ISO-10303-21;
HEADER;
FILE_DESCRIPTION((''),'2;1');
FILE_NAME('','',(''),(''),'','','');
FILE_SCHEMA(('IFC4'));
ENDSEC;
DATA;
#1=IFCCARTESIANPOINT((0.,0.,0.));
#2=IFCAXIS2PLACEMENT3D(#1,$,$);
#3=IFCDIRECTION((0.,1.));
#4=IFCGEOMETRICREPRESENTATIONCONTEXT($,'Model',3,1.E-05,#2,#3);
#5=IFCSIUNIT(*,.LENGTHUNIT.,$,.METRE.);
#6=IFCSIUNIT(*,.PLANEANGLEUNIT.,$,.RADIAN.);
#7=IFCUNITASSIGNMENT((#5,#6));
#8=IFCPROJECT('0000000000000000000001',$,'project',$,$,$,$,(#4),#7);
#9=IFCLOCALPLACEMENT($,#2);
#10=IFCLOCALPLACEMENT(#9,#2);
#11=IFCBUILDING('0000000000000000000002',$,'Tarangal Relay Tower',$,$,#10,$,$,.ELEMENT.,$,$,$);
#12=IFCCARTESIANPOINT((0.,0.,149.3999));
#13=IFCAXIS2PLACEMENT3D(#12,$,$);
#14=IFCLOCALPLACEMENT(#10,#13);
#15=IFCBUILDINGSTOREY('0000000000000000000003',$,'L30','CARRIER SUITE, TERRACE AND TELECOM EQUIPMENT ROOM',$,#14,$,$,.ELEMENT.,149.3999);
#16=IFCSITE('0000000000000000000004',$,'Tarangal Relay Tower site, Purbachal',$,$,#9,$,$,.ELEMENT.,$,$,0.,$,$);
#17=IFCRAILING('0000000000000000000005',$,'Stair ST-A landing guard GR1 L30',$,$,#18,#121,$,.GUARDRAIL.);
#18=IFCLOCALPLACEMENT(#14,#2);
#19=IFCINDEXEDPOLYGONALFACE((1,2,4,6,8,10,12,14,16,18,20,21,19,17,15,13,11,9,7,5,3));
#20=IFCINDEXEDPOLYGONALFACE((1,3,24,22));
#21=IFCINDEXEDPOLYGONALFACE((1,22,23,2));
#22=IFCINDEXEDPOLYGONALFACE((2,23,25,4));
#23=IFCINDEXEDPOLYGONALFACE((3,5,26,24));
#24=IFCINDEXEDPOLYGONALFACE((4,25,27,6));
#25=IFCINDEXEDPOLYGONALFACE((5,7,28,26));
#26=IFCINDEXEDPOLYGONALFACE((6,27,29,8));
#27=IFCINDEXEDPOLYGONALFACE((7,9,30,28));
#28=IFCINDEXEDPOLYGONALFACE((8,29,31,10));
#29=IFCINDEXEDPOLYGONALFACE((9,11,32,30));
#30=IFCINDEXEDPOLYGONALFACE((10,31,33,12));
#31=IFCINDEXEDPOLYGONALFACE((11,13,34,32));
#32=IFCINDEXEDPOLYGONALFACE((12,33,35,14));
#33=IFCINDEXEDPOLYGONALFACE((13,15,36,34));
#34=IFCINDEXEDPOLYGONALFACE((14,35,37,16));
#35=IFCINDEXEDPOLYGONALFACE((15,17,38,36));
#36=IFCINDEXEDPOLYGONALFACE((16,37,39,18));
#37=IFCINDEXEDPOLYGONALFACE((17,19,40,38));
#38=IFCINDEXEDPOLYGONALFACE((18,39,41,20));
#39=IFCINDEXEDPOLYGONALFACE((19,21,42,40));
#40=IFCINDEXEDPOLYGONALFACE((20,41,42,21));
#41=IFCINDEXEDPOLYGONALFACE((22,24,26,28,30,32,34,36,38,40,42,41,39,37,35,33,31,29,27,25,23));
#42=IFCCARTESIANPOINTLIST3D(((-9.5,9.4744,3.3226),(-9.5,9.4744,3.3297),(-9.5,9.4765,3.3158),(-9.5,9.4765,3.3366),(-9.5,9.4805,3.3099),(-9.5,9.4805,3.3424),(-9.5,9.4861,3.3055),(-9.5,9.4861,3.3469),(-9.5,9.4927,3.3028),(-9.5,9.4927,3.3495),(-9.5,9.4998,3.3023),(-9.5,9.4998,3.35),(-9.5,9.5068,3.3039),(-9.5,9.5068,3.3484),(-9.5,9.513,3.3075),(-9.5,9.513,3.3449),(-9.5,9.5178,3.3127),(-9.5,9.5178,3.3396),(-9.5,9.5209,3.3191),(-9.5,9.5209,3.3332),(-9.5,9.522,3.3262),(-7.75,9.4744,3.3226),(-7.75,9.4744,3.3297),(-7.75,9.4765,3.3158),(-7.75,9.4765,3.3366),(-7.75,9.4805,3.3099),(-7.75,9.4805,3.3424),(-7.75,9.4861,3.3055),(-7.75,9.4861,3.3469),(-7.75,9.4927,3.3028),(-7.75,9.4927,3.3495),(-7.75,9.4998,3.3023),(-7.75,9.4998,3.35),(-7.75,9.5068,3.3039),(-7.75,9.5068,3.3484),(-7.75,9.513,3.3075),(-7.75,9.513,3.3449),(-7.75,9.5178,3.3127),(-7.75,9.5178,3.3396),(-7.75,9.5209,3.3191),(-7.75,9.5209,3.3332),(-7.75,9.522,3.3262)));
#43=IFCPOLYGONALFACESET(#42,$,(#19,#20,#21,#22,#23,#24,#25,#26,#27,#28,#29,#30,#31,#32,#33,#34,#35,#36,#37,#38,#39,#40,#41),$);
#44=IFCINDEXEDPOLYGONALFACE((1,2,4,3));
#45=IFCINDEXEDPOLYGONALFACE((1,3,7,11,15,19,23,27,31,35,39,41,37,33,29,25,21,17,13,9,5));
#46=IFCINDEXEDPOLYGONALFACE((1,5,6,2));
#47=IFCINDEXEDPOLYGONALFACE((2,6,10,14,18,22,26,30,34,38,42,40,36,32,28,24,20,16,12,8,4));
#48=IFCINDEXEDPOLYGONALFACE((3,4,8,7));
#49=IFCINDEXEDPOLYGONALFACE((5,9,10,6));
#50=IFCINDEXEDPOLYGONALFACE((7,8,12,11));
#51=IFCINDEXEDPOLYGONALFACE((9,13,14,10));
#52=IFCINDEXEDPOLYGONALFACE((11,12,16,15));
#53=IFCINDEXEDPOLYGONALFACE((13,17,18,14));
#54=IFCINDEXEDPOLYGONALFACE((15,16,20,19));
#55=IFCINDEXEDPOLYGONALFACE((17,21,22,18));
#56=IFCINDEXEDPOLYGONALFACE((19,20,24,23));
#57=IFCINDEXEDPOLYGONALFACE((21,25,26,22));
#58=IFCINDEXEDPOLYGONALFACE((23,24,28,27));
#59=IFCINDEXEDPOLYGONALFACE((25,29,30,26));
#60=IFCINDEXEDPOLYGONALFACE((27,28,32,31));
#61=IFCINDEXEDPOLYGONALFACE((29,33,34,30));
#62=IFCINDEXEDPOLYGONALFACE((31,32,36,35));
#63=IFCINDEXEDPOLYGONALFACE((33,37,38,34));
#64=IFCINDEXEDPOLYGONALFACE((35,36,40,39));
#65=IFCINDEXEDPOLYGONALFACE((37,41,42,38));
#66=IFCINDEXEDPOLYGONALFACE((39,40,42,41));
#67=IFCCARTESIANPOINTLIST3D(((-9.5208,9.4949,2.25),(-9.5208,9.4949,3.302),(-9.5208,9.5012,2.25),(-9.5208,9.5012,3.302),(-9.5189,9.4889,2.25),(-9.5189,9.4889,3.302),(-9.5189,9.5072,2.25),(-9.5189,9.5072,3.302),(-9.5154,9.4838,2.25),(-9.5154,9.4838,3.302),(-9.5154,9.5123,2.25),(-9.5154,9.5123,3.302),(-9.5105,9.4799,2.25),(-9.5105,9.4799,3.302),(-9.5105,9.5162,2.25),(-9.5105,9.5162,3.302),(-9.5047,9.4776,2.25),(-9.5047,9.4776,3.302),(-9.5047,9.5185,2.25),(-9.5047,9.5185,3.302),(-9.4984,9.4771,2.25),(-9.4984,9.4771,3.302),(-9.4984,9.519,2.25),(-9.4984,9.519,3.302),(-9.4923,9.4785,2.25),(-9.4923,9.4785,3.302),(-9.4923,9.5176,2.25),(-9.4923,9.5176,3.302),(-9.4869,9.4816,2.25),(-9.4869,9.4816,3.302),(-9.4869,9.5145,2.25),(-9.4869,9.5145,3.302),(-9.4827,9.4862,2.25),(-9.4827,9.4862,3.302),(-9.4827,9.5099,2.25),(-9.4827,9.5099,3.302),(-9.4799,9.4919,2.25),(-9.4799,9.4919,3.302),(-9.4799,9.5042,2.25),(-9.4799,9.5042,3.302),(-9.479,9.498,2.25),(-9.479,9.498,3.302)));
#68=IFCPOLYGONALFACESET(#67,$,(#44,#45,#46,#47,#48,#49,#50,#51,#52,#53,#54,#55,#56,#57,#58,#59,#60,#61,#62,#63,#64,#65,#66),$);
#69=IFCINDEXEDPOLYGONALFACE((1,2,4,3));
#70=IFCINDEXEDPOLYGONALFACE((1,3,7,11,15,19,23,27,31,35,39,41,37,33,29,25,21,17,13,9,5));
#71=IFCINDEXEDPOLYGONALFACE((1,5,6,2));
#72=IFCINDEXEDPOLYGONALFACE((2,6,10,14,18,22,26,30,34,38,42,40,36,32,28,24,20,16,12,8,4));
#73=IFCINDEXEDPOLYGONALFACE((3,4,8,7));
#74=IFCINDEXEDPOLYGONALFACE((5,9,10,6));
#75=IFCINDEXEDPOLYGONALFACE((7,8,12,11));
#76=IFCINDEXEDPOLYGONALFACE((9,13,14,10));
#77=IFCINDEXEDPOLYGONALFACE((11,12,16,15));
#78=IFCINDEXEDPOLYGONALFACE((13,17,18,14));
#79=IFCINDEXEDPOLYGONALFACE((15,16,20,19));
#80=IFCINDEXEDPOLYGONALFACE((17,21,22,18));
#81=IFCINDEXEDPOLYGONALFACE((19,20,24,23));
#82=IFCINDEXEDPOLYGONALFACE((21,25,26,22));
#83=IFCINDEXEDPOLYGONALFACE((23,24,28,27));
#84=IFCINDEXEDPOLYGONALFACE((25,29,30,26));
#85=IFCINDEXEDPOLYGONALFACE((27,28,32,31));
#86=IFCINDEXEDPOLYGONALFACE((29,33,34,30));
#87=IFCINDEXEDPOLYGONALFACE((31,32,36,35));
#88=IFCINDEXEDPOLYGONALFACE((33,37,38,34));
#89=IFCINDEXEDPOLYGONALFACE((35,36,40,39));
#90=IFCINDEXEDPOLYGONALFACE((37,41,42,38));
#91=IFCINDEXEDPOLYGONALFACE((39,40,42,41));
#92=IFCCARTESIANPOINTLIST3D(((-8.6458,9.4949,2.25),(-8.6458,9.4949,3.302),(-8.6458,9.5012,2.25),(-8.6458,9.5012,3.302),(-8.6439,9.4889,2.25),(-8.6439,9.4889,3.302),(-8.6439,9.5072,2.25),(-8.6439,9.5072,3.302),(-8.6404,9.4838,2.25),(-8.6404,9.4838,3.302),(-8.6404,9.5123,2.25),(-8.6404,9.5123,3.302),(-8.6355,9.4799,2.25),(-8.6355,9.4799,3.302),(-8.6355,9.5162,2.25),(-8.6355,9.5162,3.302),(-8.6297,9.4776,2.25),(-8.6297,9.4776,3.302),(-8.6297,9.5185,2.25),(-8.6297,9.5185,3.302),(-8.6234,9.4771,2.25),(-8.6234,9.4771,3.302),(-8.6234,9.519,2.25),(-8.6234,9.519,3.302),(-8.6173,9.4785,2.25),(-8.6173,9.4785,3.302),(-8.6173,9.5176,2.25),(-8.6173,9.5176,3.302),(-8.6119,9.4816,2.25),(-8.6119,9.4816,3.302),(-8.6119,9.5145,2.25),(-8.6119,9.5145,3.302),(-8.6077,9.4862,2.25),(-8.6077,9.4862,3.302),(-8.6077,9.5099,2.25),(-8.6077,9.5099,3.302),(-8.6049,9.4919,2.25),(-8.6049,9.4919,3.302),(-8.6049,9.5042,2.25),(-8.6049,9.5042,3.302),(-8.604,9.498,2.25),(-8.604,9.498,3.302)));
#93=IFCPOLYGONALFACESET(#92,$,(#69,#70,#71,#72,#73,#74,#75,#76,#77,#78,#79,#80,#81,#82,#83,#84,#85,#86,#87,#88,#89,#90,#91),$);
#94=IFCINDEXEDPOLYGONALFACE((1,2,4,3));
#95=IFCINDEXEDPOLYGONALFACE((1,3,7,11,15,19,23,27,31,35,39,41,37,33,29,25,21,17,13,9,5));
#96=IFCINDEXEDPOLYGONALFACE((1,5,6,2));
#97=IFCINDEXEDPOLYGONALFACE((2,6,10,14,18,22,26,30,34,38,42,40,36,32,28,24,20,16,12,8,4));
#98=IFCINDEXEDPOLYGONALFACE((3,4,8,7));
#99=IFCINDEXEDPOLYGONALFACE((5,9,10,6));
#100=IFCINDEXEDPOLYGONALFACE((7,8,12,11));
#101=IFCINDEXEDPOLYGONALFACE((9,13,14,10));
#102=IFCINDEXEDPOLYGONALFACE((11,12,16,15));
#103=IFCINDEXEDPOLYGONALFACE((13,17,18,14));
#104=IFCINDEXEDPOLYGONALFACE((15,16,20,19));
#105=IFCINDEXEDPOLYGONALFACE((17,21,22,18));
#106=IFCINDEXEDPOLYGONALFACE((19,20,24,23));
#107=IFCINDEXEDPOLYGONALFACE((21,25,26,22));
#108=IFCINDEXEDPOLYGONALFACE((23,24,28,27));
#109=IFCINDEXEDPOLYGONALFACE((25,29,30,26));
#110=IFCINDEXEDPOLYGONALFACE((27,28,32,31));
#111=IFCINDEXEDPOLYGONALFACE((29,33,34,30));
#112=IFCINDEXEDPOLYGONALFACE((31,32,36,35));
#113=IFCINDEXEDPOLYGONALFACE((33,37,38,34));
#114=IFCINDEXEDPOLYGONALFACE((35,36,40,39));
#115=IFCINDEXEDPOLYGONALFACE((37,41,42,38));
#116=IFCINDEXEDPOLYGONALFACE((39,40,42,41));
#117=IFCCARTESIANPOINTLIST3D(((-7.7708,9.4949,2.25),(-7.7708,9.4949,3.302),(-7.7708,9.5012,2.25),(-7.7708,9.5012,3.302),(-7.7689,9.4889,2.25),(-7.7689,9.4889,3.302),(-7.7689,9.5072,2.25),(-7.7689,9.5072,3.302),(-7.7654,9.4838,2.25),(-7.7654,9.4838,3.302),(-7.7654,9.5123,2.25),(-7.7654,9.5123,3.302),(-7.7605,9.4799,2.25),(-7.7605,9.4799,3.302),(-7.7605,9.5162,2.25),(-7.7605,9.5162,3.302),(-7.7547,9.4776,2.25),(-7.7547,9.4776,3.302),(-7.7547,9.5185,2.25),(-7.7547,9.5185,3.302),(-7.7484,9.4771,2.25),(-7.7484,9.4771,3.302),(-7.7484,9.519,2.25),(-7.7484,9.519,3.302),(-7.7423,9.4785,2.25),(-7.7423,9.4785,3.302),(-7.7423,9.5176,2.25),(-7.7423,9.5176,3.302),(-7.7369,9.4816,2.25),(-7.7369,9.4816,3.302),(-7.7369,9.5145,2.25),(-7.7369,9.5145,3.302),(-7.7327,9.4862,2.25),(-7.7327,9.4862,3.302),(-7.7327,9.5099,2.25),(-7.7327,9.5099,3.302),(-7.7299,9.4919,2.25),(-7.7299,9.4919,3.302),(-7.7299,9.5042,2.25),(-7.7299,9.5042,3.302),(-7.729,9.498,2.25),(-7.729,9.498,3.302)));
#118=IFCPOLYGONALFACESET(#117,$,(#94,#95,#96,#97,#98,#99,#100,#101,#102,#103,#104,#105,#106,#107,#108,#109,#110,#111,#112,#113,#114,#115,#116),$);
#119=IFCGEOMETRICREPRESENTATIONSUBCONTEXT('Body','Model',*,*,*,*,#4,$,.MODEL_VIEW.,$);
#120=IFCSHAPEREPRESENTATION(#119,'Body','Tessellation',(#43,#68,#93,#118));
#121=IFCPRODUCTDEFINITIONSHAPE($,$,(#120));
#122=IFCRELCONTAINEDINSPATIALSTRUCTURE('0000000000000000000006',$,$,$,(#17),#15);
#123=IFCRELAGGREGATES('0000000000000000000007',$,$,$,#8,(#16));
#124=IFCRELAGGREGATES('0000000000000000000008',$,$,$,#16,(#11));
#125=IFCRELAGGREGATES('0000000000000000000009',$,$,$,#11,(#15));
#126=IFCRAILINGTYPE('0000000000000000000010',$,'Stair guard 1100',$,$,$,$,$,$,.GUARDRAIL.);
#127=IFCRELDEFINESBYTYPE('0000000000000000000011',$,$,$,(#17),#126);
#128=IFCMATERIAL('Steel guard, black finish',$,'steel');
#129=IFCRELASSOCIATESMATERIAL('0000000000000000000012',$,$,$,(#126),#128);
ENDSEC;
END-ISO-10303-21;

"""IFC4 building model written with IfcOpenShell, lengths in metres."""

from ifc_helpers import new_model, si_unit, direction, frame, origin, origin_2d, place, context, subcontext, project, spatial, circle, extrude, material, type_object, element, save


model = new_model("IFC4")

# Units and contexts
model_context = context("Model", 3, precision=1e-05, world=origin(), true_north=direction((0.0, 1.0)))
body_context = subcontext(model_context, "Body", "Model", "MODEL_VIEW")
ifc_project = project(units=[si_unit("LENGTHUNIT", "METRE"), si_unit("PLANEANGLEUNIT", "RADIAN")], contexts=[model_context])

# Site, building, storey
site_placement = place(None, origin())
site = spatial("IfcSite", under=ifc_project, at=site_placement, Name="Tarangal Relay Tower site, Purbachal", CompositionType="ELEMENT", RefElevation=0.0)
building_placement = place(site_placement, origin())
building = spatial("IfcBuilding", under=site, at=building_placement, Name="Tarangal Relay Tower", CompositionType="ELEMENT")
storey_placement = place(building_placement, frame((0.0, 0.0, 149.3999)))
storey = spatial("IfcBuildingStorey", under=building, at=storey_placement, Name="L30", Description="CARRIER SUITE, TERRACE AND TELECOM EQUIPMENT ROOM", CompositionType="ELEMENT", Elevation=149.3999)

# Railing
ifc_material_1 = material(Name="Steel guard, black finish", Category="steel")
railing_type_1 = type_object("IfcRailingType", Name="Stair guard 1100", PredefinedType="GUARDRAIL", material=ifc_material_1)
railing_1_placement = place(storey_placement, frame((-9.5, 9.498, 2.25)))
element("IfcRailing", 1, at=railing_1_placement, inside=storey, type_object=railing_type_1, Name="Stair ST-A landing guard GR1 L30", PredefinedType="GUARDRAIL", context=body_context, shape_type="SweptSolid", body=[
    extrude(circle(Radius=0.0239, at=origin_2d()), frame((0.0, 0.0, 1.0762), z_axis=(1.0, 0.0, 0.0), x_axis=(0.0, 1.0, 0.0)), (0.0, 0.0, 1.0), 1.75),
    extrude(circle(Radius=0.021, at=origin_2d()), origin(), (0.0, 0.0, 1.0), 1.052),
    extrude(circle(Radius=0.021, at=origin_2d()), frame((0.875, 0.0, 0.0)), (0.0, 0.0, 1.0), 1.052),
    extrude(circle(Radius=0.021, at=origin_2d()), frame((1.75, 0.0, 0.0)), (0.0, 0.0, 1.0), 1.052),
])

save(model, "model.ifc")
